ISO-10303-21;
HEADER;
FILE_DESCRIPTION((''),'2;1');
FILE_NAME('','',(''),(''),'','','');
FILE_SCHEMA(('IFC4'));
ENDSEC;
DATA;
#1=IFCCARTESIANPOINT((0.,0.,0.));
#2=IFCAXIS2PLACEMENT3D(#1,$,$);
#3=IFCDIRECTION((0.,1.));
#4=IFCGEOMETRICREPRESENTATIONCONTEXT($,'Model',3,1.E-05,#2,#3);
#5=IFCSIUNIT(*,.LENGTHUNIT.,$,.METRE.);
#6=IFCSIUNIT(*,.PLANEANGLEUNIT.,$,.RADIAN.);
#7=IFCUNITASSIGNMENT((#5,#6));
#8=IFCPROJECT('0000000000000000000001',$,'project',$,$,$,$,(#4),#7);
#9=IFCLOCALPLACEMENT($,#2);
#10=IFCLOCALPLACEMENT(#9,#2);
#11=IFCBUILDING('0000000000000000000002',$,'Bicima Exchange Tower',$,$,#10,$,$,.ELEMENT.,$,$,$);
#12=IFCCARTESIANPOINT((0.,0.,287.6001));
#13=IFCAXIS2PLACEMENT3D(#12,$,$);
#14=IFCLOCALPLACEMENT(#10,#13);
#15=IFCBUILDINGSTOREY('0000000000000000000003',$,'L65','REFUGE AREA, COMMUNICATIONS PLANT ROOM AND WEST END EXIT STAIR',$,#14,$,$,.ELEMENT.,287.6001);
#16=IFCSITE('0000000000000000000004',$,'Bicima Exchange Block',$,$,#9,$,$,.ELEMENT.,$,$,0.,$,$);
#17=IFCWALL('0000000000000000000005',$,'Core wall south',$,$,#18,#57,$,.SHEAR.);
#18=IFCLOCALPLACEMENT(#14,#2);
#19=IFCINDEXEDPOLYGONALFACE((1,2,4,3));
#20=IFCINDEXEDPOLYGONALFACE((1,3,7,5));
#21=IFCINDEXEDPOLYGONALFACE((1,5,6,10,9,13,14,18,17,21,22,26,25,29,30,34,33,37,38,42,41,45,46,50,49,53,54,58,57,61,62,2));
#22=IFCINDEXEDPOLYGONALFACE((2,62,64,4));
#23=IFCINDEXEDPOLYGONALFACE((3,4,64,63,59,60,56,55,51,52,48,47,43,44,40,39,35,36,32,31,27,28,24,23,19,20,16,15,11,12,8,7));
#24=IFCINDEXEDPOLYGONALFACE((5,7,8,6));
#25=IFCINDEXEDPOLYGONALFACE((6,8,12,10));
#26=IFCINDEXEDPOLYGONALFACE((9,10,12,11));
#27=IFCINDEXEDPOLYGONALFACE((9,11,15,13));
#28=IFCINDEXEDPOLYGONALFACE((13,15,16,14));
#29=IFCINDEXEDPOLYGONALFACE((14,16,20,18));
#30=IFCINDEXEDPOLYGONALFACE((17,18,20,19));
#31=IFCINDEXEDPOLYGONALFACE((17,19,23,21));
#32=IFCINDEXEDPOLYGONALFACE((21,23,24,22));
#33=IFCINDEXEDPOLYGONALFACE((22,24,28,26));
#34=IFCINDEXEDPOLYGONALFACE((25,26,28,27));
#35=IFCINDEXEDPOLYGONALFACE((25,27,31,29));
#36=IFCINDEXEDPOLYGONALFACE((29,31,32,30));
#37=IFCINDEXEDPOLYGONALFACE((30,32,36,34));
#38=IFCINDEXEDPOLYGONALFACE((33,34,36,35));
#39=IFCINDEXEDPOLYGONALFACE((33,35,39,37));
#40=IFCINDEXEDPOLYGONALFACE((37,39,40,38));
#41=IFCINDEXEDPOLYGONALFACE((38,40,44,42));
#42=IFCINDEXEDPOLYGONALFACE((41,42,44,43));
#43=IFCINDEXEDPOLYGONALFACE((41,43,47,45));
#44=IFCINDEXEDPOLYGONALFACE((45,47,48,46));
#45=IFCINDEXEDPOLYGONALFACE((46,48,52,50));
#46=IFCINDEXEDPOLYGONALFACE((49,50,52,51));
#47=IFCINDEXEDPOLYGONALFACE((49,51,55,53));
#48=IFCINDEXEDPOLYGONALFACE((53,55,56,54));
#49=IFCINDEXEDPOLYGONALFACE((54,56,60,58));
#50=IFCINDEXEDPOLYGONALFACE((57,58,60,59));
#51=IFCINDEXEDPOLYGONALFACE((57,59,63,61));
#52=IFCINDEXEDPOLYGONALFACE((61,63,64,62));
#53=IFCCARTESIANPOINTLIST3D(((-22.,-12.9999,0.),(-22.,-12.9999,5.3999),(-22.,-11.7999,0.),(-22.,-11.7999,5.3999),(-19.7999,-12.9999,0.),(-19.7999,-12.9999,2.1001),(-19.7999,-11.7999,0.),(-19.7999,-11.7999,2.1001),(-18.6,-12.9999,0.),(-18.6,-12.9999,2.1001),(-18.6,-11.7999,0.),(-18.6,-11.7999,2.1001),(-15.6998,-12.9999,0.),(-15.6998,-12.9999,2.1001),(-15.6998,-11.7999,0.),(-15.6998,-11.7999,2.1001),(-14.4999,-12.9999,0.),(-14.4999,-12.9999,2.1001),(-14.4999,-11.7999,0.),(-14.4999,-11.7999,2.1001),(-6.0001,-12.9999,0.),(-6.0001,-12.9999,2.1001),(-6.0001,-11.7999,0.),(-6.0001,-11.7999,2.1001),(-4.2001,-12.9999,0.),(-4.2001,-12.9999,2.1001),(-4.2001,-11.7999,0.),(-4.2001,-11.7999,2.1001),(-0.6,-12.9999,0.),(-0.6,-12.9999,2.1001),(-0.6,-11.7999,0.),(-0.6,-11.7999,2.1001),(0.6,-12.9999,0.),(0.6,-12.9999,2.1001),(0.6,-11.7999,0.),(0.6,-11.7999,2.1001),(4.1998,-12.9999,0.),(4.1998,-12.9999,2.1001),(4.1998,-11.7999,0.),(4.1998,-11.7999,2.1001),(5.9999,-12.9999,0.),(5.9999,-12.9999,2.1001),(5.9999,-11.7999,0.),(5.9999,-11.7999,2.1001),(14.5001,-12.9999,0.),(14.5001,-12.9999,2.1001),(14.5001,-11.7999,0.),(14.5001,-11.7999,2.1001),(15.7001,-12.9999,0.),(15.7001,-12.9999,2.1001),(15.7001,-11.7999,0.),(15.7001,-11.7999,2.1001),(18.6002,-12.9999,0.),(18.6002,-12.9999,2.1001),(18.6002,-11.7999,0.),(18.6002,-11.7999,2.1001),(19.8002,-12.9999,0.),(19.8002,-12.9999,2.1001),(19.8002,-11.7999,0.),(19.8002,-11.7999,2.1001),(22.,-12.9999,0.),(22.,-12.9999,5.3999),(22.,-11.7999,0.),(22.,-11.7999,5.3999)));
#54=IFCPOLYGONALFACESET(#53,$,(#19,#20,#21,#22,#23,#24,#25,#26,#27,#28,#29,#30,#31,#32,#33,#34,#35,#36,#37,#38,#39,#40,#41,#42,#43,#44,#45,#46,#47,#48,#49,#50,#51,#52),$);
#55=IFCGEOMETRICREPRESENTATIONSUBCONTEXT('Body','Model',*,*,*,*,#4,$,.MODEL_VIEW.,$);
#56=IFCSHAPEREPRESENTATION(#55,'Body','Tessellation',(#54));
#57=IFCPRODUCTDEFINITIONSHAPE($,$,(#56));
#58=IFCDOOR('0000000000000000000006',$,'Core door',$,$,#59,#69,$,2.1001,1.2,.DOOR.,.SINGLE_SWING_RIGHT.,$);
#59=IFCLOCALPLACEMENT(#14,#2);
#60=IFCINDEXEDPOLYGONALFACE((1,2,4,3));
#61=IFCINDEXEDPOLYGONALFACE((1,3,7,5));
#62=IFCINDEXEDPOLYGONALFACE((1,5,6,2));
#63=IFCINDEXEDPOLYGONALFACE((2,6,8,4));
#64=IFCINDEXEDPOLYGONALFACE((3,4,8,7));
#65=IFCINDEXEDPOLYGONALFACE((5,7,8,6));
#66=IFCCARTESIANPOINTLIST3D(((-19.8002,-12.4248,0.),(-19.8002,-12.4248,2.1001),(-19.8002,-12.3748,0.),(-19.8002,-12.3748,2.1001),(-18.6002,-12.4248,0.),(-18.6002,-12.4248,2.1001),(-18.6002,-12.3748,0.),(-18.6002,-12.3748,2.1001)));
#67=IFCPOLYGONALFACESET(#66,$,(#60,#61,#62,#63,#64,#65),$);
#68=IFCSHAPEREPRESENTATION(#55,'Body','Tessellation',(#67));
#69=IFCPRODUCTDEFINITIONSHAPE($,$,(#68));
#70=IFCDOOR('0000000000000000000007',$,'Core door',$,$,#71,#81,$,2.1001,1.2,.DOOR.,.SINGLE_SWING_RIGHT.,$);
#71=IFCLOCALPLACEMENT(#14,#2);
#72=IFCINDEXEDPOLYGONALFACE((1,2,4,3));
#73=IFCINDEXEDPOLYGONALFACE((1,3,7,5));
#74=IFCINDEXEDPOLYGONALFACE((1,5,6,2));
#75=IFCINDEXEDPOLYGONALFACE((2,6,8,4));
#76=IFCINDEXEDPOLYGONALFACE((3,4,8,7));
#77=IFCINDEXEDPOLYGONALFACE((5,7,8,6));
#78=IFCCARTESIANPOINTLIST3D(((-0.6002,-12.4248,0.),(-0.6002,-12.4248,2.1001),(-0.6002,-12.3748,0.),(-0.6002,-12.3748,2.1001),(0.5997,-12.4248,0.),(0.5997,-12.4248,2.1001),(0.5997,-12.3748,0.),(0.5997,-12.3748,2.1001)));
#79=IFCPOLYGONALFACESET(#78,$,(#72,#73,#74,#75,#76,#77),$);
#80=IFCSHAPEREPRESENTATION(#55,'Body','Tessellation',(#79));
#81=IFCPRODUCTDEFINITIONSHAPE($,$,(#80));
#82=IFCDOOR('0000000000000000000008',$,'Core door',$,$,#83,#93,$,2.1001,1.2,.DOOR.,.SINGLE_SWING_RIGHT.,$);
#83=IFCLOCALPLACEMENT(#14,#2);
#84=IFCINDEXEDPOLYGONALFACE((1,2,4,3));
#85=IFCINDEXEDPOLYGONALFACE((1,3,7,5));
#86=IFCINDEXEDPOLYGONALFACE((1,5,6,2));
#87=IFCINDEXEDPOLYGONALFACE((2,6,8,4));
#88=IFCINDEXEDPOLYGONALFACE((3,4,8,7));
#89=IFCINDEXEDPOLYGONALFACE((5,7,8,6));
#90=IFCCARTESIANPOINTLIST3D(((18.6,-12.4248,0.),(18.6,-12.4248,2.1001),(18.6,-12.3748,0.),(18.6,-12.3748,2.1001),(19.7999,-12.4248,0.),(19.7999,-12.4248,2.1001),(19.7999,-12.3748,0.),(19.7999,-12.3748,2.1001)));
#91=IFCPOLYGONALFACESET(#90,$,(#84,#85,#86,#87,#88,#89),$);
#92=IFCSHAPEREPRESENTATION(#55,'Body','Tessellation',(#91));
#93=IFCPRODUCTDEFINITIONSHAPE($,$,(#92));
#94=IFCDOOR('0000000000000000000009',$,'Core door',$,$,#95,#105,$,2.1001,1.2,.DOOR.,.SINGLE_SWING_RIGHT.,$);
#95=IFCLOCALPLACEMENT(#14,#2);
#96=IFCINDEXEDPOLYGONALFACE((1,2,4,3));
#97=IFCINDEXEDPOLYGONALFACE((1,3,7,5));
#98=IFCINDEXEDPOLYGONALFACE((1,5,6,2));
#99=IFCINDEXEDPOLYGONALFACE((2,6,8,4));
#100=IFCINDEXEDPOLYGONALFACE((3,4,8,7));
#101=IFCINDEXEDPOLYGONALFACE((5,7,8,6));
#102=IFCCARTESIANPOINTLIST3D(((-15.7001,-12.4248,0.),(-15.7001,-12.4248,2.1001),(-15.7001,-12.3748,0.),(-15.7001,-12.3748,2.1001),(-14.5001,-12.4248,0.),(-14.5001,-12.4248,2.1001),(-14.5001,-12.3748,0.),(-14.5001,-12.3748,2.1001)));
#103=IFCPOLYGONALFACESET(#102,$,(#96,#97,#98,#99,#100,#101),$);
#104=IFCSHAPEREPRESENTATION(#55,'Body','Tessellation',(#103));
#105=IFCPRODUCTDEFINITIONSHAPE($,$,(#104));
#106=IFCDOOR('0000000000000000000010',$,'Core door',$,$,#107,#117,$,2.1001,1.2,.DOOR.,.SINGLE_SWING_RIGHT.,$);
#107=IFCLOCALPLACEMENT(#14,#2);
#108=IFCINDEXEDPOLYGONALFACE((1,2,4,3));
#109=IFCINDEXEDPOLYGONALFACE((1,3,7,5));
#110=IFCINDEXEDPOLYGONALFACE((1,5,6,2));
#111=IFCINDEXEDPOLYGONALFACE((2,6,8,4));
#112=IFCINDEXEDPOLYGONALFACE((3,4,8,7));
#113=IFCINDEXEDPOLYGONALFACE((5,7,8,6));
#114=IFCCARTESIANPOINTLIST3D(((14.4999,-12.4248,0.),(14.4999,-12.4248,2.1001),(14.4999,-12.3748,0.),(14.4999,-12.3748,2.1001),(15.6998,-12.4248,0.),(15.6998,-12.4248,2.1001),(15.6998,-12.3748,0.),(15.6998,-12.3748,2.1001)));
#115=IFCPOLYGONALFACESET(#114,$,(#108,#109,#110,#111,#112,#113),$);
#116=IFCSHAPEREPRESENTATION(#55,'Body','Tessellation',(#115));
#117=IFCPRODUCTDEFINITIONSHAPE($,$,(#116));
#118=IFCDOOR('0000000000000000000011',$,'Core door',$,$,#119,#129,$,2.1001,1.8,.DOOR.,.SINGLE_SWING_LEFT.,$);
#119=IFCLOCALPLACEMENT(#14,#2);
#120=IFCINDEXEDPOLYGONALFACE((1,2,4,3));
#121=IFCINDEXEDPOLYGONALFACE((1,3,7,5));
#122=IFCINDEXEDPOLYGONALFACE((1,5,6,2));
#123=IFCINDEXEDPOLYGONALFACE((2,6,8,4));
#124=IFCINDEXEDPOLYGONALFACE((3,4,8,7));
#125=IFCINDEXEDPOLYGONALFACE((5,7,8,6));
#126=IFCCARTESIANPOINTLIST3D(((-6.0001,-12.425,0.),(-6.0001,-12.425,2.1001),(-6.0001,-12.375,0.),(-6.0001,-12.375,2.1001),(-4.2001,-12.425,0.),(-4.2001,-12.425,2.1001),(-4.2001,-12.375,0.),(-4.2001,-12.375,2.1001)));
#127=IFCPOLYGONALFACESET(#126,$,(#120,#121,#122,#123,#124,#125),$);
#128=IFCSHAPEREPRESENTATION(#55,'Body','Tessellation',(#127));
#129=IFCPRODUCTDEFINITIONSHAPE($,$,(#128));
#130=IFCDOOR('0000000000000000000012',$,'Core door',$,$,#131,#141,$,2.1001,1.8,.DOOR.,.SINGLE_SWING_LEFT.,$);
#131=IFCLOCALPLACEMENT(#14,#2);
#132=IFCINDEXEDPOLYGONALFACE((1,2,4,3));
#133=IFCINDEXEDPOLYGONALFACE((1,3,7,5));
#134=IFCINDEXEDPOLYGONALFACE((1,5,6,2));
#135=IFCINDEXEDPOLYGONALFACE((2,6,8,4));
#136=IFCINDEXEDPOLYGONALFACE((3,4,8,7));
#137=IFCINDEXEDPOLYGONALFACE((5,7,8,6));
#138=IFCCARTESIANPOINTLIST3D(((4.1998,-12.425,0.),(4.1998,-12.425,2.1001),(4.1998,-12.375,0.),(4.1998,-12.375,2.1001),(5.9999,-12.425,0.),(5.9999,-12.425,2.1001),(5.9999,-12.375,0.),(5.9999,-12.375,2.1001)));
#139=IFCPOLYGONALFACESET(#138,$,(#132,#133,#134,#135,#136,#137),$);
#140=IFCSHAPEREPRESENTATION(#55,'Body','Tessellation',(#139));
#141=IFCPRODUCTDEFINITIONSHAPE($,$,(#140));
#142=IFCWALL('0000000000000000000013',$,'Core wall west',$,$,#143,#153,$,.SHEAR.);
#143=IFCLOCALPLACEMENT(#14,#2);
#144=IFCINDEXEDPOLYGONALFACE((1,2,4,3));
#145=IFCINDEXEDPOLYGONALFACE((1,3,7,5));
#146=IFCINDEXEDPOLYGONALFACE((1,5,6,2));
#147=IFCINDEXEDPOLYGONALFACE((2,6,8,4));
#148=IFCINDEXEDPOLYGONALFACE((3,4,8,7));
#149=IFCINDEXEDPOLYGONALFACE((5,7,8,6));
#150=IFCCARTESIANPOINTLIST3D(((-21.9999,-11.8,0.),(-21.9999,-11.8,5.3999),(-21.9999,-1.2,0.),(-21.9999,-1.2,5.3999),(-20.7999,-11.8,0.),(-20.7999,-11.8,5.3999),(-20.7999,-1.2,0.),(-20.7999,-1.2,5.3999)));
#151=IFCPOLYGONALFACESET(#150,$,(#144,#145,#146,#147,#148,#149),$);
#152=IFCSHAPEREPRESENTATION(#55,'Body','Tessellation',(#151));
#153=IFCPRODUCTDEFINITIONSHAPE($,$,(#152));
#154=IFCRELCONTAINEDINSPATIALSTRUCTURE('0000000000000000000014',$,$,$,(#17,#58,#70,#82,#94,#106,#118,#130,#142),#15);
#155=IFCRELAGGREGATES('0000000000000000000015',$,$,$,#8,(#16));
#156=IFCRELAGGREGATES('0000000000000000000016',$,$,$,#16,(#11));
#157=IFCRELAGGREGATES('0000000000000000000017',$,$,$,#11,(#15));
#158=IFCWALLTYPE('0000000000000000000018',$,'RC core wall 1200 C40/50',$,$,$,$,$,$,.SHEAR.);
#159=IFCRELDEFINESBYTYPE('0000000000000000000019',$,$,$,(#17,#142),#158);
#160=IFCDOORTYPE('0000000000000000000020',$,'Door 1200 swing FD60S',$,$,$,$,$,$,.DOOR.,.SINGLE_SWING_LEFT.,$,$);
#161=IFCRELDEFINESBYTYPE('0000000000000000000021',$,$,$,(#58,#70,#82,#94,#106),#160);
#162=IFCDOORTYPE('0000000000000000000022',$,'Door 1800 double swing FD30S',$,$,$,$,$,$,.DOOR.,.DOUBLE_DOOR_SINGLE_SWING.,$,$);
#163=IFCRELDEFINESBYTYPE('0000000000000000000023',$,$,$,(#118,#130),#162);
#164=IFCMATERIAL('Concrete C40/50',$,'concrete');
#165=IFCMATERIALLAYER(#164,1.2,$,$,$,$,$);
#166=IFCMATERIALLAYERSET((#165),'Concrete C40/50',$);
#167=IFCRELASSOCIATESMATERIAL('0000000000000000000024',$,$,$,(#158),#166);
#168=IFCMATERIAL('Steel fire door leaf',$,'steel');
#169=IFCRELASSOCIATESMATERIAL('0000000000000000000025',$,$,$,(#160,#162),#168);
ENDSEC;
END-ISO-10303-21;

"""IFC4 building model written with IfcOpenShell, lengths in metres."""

from ifc_helpers import new_model, si_unit, direction, frame, frame_2d, origin, place, context, subcontext, project, spatial, rectangle, extrude, material, layer, layer_set, type_object, element, fill, save


model = new_model("IFC4")

# Units and contexts
model_context = context("Model", 3, precision=1e-05, world=origin(), true_north=direction((0.0, 1.0)))
body_context = subcontext(model_context, "Body", "Model", "MODEL_VIEW")
ifc_project = project(units=[si_unit("LENGTHUNIT", "METRE"), si_unit("PLANEANGLEUNIT", "RADIAN")], contexts=[model_context])

# Site, building, storey
site_placement = place(None, origin())
site = spatial("IfcSite", under=ifc_project, at=site_placement, Name="Bicima Exchange Block", CompositionType="ELEMENT", RefElevation=0.0)
building_placement = place(site_placement, origin())
building = spatial("IfcBuilding", under=site, at=building_placement, Name="Bicima Exchange Tower", CompositionType="ELEMENT")
storey_placement = place(building_placement, frame((0.0, 0.0, 287.6001)))
storey = spatial("IfcBuildingStorey", under=building, at=storey_placement, Name="L65", Description="REFUGE AREA, COMMUNICATIONS PLANT ROOM AND WEST END EXIT STAIR", CompositionType="ELEMENT", Elevation=287.6001)

# Shared definitions
ifc_material_1 = material(Name="Steel fire door leaf", Category="steel")

# Wall, openings, doors
ifc_material_2 = material(Name="Concrete C40/50", Category="concrete")
ifc_layer_1 = layer(ifc_material_2, 1.2)
ifc_layer_set_1 = layer_set([ifc_layer_1], Name="Concrete C40/50")
wall_type_1 = type_object("IfcWallType", Name="RC core wall 1200 C40/50", PredefinedType="SHEAR", material=ifc_layer_set_1)
wall_1_placement = place(storey_placement, frame((-22.0, -12.3999, 0.0), z_axis=(0.0, 0.0, 1.0), x_axis=(1.0, 0.0, 0.0)))
wall_1 = element("IfcWall", 1, at=wall_1_placement, inside=storey, type_object=wall_type_1, Name="Core wall south", PredefinedType="SHEAR", context=body_context, shape_type="SweptSolid", body=[
    extrude(rectangle(XDim=44.0, YDim=1.2, at=frame_2d((22.0, 0.0))), origin(), (0.0, 0.0, 1.0), 5.3999),
])
opening_1_placement = place(wall_1_placement, frame((2.2, 0.0, 0.0)))
opening_1 = element("IfcOpeningElement", 2, at=opening_1_placement, cuts=wall_1, PredefinedType="OPENING", context=body_context, shape_type="SweptSolid", body=[
    extrude(rectangle(XDim=1.2, YDim=2.1001, at=frame_2d((0.6001, 1.05))), frame((0.0, 0.6118, 0.0), z_axis=(0.0, -1.0, 0.0), x_axis=(1.0, 0.0, 0.0)), (0.0, 0.0, 1.0), 1.2239),
])
opening_2_placement = place(wall_1_placement, frame((21.3999, 0.0, 0.0)))
opening_2 = element("IfcOpeningElement", 3, at=opening_2_placement, cuts=wall_1, PredefinedType="OPENING", context=body_context, shape_type="SweptSolid", body=[
    extrude(rectangle(XDim=1.2, YDim=2.1001, at=frame_2d((0.6001, 1.05))), frame((0.0, 0.6118, 0.0), z_axis=(0.0, -1.0, 0.0), x_axis=(1.0, 0.0, 0.0)), (0.0, 0.0, 1.0), 1.2239),
])
opening_3_placement = place(wall_1_placement, frame((40.6001, 0.0, 0.0)))
opening_3 = element("IfcOpeningElement", 4, at=opening_3_placement, cuts=wall_1, PredefinedType="OPENING", context=body_context, shape_type="SweptSolid", body=[
    extrude(rectangle(XDim=1.2, YDim=2.1001, at=frame_2d((0.6001, 1.05))), frame((0.0, 0.6118, 0.0), z_axis=(0.0, -1.0, 0.0), x_axis=(1.0, 0.0, 0.0)), (0.0, 0.0, 1.0), 1.2239),
])
opening_4_placement = place(wall_1_placement, frame((16.0, 0.0, 0.0)))
opening_4 = element("IfcOpeningElement", 5, at=opening_4_placement, cuts=wall_1, PredefinedType="OPENING", context=body_context, shape_type="SweptSolid", body=[
    extrude(rectangle(XDim=1.8, YDim=2.1001, at=frame_2d((0.8999, 1.05))), frame((0.0, 0.6118, 0.0), z_axis=(0.0, -1.0, 0.0), x_axis=(1.0, 0.0, 0.0)), (0.0, 0.0, 1.0), 1.2239),
])
opening_5_placement = place(wall_1_placement, frame((6.3, 0.0, 0.0)))
opening_5 = element("IfcOpeningElement", 6, at=opening_5_placement, cuts=wall_1, PredefinedType="OPENING", context=body_context, shape_type="SweptSolid", body=[
    extrude(rectangle(XDim=1.2, YDim=2.1001, at=frame_2d((0.6001, 1.05))), frame((0.0, 0.6118, 0.0), z_axis=(0.0, -1.0, 0.0), x_axis=(1.0, 0.0, 0.0)), (0.0, 0.0, 1.0), 1.2239),
])
opening_6_placement = place(wall_1_placement, frame((26.2, 0.0, 0.0)))
opening_6 = element("IfcOpeningElement", 7, at=opening_6_placement, cuts=wall_1, PredefinedType="OPENING", context=body_context, shape_type="SweptSolid", body=[
    extrude(rectangle(XDim=1.8, YDim=2.1001, at=frame_2d((0.8999, 1.05))), frame((0.0, 0.6118, 0.0), z_axis=(0.0, -1.0, 0.0), x_axis=(1.0, 0.0, 0.0)), (0.0, 0.0, 1.0), 1.2239),
])
opening_7_placement = place(wall_1_placement, frame((36.5, 0.0, 0.0)))
opening_7 = element("IfcOpeningElement", 8, at=opening_7_placement, cuts=wall_1, PredefinedType="OPENING", context=body_context, shape_type="SweptSolid", body=[
    extrude(rectangle(XDim=1.2, YDim=2.1001, at=frame_2d((0.6001, 1.05))), frame((0.0, 0.6118, 0.0), z_axis=(0.0, -1.0, 0.0), x_axis=(1.0, 0.0, 0.0)), (0.0, 0.0, 1.0), 1.2239),
])
door_type_1 = type_object("IfcDoorType", Name="Door 1200 swing FD60S", OperationType="SINGLE_SWING_LEFT", PredefinedType="DOOR", material=ifc_material_1)
door_1_placement = place(opening_1_placement, frame((1.2, 0.0, 0.0), z_axis=(0.0, 0.0, 1.0), x_axis=(-1.0, 0.0, 0.0)))
door_1 = element("IfcDoor", 9, at=door_1_placement, inside=storey, type_object=door_type_1, Name="Core door", OperationType="SINGLE_SWING_RIGHT", OverallHeight=2.1001, OverallWidth=1.2, PredefinedType="DOOR", context=body_context, shape_type="SweptSolid", body=[
    extrude(rectangle(XDim=1.2, YDim=2.1001, at=frame_2d((0.6001, 1.05))), frame((0.0, 0.0249, 0.0), z_axis=(0.0, -1.0, 0.0), x_axis=(1.0, 0.0, 0.0)), (0.0, 0.0, 1.0), 0.05),
])
fill(opening_1, door_1)
door_2_placement = place(opening_2_placement, frame((1.2, 0.0, 0.0), z_axis=(0.0, 0.0, 1.0), x_axis=(-1.0, 0.0, 0.0)))
door_2 = element("IfcDoor", 10, at=door_2_placement, inside=storey, type_object=door_type_1, Name="Core door", OperationType="SINGLE_SWING_RIGHT", OverallHeight=2.1001, OverallWidth=1.2, PredefinedType="DOOR", context=body_context, shape_type="SweptSolid", body=[
    extrude(rectangle(XDim=1.2, YDim=2.1001, at=frame_2d((0.6001, 1.05))), frame((0.0, 0.0249, 0.0), z_axis=(0.0, -1.0, 0.0), x_axis=(1.0, 0.0, 0.0)), (0.0, 0.0, 1.0), 0.05),
])
fill(opening_2, door_2)
door_3_placement = place(opening_3_placement, frame((1.2, 0.0, 0.0), z_axis=(0.0, 0.0, 1.0), x_axis=(-1.0, 0.0, 0.0)))
door_3 = element("IfcDoor", 11, at=door_3_placement, inside=storey, type_object=door_type_1, Name="Core door", OperationType="SINGLE_SWING_RIGHT", OverallHeight=2.1001, OverallWidth=1.2, PredefinedType="DOOR", context=body_context, shape_type="SweptSolid", body=[
    extrude(rectangle(XDim=1.2, YDim=2.1001, at=frame_2d((0.6001, 1.05))), frame((0.0, 0.0249, 0.0), z_axis=(0.0, -1.0, 0.0), x_axis=(1.0, 0.0, 0.0)), (0.0, 0.0, 1.0), 0.05),
])
fill(opening_3, door_3)
door_4_placement = place(opening_5_placement, frame((1.2, 0.0, 0.0), z_axis=(0.0, 0.0, 1.0), x_axis=(-1.0, 0.0, 0.0)))
door_4 = element("IfcDoor", 12, at=door_4_placement, inside=storey, type_object=door_type_1, Name="Core door", OperationType="SINGLE_SWING_RIGHT", OverallHeight=2.1001, OverallWidth=1.2, PredefinedType="DOOR", context=body_context, shape_type="SweptSolid", body=[
    extrude(rectangle(XDim=1.2, YDim=2.1001, at=frame_2d((0.6001, 1.05))), frame((0.0, 0.0249, 0.0), z_axis=(0.0, -1.0, 0.0), x_axis=(1.0, 0.0, 0.0)), (0.0, 0.0, 1.0), 0.05),
])
fill(opening_5, door_4)
door_5_placement = place(opening_7_placement, frame((1.2, 0.0, 0.0), z_axis=(0.0, 0.0, 1.0), x_axis=(-1.0, 0.0, 0.0)))
door_5 = element("IfcDoor", 13, at=door_5_placement, inside=storey, type_object=door_type_1, Name="Core door", OperationType="SINGLE_SWING_RIGHT", OverallHeight=2.1001, OverallWidth=1.2, PredefinedType="DOOR", context=body_context, shape_type="SweptSolid", body=[
    extrude(rectangle(XDim=1.2, YDim=2.1001, at=frame_2d((0.6001, 1.05))), frame((0.0, 0.0249, 0.0), z_axis=(0.0, -1.0, 0.0), x_axis=(1.0, 0.0, 0.0)), (0.0, 0.0, 1.0), 0.05),
])
fill(opening_7, door_5)
door_type_2 = type_object("IfcDoorType", Name="Door 1800 double swing FD30S", OperationType="DOUBLE_DOOR_SINGLE_SWING", PredefinedType="DOOR", material=ifc_material_1)
door_6_placement = place(opening_4_placement, origin())
door_6 = element("IfcDoor", 14, at=door_6_placement, inside=storey, type_object=door_type_2, Name="Core door", OperationType="SINGLE_SWING_LEFT", OverallHeight=2.1001, OverallWidth=1.8, PredefinedType="DOOR", context=body_context, shape_type="SweptSolid", body=[
    extrude(rectangle(XDim=1.8, YDim=2.1001, at=frame_2d((0.8999, 1.05))), frame((0.0, 0.0249, 0.0), z_axis=(0.0, -1.0, 0.0), x_axis=(1.0, 0.0, 0.0)), (0.0, 0.0, 1.0), 0.05),
])
fill(opening_4, door_6)
door_7_placement = place(opening_6_placement, origin())
door_7 = element("IfcDoor", 15, at=door_7_placement, inside=storey, type_object=door_type_2, Name="Core door", OperationType="SINGLE_SWING_LEFT", OverallHeight=2.1001, OverallWidth=1.8, PredefinedType="DOOR", context=body_context, shape_type="SweptSolid", body=[
    extrude(rectangle(XDim=1.8, YDim=2.1001, at=frame_2d((0.8999, 1.05))), frame((0.0, 0.0249, 0.0), z_axis=(0.0, -1.0, 0.0), x_axis=(1.0, 0.0, 0.0)), (0.0, 0.0, 1.0), 0.05),
])
fill(opening_6, door_7)

# Wall
wall_2_placement = place(storey_placement, frame((-21.3999, -11.8, 0.0), z_axis=(0.0, 0.0, 1.0), x_axis=(0.0, 1.0, 0.0)))
element("IfcWall", 16, at=wall_2_placement, inside=storey, type_object=wall_type_1, Name="Core wall west", PredefinedType="SHEAR", context=body_context, shape_type="SweptSolid", body=[
    extrude(rectangle(XDim=10.6001, YDim=1.2, at=frame_2d((5.3, 0.0))), origin(), (0.0, 0.0, 1.0), 5.3999),
])

save(model, "model.ifc")
